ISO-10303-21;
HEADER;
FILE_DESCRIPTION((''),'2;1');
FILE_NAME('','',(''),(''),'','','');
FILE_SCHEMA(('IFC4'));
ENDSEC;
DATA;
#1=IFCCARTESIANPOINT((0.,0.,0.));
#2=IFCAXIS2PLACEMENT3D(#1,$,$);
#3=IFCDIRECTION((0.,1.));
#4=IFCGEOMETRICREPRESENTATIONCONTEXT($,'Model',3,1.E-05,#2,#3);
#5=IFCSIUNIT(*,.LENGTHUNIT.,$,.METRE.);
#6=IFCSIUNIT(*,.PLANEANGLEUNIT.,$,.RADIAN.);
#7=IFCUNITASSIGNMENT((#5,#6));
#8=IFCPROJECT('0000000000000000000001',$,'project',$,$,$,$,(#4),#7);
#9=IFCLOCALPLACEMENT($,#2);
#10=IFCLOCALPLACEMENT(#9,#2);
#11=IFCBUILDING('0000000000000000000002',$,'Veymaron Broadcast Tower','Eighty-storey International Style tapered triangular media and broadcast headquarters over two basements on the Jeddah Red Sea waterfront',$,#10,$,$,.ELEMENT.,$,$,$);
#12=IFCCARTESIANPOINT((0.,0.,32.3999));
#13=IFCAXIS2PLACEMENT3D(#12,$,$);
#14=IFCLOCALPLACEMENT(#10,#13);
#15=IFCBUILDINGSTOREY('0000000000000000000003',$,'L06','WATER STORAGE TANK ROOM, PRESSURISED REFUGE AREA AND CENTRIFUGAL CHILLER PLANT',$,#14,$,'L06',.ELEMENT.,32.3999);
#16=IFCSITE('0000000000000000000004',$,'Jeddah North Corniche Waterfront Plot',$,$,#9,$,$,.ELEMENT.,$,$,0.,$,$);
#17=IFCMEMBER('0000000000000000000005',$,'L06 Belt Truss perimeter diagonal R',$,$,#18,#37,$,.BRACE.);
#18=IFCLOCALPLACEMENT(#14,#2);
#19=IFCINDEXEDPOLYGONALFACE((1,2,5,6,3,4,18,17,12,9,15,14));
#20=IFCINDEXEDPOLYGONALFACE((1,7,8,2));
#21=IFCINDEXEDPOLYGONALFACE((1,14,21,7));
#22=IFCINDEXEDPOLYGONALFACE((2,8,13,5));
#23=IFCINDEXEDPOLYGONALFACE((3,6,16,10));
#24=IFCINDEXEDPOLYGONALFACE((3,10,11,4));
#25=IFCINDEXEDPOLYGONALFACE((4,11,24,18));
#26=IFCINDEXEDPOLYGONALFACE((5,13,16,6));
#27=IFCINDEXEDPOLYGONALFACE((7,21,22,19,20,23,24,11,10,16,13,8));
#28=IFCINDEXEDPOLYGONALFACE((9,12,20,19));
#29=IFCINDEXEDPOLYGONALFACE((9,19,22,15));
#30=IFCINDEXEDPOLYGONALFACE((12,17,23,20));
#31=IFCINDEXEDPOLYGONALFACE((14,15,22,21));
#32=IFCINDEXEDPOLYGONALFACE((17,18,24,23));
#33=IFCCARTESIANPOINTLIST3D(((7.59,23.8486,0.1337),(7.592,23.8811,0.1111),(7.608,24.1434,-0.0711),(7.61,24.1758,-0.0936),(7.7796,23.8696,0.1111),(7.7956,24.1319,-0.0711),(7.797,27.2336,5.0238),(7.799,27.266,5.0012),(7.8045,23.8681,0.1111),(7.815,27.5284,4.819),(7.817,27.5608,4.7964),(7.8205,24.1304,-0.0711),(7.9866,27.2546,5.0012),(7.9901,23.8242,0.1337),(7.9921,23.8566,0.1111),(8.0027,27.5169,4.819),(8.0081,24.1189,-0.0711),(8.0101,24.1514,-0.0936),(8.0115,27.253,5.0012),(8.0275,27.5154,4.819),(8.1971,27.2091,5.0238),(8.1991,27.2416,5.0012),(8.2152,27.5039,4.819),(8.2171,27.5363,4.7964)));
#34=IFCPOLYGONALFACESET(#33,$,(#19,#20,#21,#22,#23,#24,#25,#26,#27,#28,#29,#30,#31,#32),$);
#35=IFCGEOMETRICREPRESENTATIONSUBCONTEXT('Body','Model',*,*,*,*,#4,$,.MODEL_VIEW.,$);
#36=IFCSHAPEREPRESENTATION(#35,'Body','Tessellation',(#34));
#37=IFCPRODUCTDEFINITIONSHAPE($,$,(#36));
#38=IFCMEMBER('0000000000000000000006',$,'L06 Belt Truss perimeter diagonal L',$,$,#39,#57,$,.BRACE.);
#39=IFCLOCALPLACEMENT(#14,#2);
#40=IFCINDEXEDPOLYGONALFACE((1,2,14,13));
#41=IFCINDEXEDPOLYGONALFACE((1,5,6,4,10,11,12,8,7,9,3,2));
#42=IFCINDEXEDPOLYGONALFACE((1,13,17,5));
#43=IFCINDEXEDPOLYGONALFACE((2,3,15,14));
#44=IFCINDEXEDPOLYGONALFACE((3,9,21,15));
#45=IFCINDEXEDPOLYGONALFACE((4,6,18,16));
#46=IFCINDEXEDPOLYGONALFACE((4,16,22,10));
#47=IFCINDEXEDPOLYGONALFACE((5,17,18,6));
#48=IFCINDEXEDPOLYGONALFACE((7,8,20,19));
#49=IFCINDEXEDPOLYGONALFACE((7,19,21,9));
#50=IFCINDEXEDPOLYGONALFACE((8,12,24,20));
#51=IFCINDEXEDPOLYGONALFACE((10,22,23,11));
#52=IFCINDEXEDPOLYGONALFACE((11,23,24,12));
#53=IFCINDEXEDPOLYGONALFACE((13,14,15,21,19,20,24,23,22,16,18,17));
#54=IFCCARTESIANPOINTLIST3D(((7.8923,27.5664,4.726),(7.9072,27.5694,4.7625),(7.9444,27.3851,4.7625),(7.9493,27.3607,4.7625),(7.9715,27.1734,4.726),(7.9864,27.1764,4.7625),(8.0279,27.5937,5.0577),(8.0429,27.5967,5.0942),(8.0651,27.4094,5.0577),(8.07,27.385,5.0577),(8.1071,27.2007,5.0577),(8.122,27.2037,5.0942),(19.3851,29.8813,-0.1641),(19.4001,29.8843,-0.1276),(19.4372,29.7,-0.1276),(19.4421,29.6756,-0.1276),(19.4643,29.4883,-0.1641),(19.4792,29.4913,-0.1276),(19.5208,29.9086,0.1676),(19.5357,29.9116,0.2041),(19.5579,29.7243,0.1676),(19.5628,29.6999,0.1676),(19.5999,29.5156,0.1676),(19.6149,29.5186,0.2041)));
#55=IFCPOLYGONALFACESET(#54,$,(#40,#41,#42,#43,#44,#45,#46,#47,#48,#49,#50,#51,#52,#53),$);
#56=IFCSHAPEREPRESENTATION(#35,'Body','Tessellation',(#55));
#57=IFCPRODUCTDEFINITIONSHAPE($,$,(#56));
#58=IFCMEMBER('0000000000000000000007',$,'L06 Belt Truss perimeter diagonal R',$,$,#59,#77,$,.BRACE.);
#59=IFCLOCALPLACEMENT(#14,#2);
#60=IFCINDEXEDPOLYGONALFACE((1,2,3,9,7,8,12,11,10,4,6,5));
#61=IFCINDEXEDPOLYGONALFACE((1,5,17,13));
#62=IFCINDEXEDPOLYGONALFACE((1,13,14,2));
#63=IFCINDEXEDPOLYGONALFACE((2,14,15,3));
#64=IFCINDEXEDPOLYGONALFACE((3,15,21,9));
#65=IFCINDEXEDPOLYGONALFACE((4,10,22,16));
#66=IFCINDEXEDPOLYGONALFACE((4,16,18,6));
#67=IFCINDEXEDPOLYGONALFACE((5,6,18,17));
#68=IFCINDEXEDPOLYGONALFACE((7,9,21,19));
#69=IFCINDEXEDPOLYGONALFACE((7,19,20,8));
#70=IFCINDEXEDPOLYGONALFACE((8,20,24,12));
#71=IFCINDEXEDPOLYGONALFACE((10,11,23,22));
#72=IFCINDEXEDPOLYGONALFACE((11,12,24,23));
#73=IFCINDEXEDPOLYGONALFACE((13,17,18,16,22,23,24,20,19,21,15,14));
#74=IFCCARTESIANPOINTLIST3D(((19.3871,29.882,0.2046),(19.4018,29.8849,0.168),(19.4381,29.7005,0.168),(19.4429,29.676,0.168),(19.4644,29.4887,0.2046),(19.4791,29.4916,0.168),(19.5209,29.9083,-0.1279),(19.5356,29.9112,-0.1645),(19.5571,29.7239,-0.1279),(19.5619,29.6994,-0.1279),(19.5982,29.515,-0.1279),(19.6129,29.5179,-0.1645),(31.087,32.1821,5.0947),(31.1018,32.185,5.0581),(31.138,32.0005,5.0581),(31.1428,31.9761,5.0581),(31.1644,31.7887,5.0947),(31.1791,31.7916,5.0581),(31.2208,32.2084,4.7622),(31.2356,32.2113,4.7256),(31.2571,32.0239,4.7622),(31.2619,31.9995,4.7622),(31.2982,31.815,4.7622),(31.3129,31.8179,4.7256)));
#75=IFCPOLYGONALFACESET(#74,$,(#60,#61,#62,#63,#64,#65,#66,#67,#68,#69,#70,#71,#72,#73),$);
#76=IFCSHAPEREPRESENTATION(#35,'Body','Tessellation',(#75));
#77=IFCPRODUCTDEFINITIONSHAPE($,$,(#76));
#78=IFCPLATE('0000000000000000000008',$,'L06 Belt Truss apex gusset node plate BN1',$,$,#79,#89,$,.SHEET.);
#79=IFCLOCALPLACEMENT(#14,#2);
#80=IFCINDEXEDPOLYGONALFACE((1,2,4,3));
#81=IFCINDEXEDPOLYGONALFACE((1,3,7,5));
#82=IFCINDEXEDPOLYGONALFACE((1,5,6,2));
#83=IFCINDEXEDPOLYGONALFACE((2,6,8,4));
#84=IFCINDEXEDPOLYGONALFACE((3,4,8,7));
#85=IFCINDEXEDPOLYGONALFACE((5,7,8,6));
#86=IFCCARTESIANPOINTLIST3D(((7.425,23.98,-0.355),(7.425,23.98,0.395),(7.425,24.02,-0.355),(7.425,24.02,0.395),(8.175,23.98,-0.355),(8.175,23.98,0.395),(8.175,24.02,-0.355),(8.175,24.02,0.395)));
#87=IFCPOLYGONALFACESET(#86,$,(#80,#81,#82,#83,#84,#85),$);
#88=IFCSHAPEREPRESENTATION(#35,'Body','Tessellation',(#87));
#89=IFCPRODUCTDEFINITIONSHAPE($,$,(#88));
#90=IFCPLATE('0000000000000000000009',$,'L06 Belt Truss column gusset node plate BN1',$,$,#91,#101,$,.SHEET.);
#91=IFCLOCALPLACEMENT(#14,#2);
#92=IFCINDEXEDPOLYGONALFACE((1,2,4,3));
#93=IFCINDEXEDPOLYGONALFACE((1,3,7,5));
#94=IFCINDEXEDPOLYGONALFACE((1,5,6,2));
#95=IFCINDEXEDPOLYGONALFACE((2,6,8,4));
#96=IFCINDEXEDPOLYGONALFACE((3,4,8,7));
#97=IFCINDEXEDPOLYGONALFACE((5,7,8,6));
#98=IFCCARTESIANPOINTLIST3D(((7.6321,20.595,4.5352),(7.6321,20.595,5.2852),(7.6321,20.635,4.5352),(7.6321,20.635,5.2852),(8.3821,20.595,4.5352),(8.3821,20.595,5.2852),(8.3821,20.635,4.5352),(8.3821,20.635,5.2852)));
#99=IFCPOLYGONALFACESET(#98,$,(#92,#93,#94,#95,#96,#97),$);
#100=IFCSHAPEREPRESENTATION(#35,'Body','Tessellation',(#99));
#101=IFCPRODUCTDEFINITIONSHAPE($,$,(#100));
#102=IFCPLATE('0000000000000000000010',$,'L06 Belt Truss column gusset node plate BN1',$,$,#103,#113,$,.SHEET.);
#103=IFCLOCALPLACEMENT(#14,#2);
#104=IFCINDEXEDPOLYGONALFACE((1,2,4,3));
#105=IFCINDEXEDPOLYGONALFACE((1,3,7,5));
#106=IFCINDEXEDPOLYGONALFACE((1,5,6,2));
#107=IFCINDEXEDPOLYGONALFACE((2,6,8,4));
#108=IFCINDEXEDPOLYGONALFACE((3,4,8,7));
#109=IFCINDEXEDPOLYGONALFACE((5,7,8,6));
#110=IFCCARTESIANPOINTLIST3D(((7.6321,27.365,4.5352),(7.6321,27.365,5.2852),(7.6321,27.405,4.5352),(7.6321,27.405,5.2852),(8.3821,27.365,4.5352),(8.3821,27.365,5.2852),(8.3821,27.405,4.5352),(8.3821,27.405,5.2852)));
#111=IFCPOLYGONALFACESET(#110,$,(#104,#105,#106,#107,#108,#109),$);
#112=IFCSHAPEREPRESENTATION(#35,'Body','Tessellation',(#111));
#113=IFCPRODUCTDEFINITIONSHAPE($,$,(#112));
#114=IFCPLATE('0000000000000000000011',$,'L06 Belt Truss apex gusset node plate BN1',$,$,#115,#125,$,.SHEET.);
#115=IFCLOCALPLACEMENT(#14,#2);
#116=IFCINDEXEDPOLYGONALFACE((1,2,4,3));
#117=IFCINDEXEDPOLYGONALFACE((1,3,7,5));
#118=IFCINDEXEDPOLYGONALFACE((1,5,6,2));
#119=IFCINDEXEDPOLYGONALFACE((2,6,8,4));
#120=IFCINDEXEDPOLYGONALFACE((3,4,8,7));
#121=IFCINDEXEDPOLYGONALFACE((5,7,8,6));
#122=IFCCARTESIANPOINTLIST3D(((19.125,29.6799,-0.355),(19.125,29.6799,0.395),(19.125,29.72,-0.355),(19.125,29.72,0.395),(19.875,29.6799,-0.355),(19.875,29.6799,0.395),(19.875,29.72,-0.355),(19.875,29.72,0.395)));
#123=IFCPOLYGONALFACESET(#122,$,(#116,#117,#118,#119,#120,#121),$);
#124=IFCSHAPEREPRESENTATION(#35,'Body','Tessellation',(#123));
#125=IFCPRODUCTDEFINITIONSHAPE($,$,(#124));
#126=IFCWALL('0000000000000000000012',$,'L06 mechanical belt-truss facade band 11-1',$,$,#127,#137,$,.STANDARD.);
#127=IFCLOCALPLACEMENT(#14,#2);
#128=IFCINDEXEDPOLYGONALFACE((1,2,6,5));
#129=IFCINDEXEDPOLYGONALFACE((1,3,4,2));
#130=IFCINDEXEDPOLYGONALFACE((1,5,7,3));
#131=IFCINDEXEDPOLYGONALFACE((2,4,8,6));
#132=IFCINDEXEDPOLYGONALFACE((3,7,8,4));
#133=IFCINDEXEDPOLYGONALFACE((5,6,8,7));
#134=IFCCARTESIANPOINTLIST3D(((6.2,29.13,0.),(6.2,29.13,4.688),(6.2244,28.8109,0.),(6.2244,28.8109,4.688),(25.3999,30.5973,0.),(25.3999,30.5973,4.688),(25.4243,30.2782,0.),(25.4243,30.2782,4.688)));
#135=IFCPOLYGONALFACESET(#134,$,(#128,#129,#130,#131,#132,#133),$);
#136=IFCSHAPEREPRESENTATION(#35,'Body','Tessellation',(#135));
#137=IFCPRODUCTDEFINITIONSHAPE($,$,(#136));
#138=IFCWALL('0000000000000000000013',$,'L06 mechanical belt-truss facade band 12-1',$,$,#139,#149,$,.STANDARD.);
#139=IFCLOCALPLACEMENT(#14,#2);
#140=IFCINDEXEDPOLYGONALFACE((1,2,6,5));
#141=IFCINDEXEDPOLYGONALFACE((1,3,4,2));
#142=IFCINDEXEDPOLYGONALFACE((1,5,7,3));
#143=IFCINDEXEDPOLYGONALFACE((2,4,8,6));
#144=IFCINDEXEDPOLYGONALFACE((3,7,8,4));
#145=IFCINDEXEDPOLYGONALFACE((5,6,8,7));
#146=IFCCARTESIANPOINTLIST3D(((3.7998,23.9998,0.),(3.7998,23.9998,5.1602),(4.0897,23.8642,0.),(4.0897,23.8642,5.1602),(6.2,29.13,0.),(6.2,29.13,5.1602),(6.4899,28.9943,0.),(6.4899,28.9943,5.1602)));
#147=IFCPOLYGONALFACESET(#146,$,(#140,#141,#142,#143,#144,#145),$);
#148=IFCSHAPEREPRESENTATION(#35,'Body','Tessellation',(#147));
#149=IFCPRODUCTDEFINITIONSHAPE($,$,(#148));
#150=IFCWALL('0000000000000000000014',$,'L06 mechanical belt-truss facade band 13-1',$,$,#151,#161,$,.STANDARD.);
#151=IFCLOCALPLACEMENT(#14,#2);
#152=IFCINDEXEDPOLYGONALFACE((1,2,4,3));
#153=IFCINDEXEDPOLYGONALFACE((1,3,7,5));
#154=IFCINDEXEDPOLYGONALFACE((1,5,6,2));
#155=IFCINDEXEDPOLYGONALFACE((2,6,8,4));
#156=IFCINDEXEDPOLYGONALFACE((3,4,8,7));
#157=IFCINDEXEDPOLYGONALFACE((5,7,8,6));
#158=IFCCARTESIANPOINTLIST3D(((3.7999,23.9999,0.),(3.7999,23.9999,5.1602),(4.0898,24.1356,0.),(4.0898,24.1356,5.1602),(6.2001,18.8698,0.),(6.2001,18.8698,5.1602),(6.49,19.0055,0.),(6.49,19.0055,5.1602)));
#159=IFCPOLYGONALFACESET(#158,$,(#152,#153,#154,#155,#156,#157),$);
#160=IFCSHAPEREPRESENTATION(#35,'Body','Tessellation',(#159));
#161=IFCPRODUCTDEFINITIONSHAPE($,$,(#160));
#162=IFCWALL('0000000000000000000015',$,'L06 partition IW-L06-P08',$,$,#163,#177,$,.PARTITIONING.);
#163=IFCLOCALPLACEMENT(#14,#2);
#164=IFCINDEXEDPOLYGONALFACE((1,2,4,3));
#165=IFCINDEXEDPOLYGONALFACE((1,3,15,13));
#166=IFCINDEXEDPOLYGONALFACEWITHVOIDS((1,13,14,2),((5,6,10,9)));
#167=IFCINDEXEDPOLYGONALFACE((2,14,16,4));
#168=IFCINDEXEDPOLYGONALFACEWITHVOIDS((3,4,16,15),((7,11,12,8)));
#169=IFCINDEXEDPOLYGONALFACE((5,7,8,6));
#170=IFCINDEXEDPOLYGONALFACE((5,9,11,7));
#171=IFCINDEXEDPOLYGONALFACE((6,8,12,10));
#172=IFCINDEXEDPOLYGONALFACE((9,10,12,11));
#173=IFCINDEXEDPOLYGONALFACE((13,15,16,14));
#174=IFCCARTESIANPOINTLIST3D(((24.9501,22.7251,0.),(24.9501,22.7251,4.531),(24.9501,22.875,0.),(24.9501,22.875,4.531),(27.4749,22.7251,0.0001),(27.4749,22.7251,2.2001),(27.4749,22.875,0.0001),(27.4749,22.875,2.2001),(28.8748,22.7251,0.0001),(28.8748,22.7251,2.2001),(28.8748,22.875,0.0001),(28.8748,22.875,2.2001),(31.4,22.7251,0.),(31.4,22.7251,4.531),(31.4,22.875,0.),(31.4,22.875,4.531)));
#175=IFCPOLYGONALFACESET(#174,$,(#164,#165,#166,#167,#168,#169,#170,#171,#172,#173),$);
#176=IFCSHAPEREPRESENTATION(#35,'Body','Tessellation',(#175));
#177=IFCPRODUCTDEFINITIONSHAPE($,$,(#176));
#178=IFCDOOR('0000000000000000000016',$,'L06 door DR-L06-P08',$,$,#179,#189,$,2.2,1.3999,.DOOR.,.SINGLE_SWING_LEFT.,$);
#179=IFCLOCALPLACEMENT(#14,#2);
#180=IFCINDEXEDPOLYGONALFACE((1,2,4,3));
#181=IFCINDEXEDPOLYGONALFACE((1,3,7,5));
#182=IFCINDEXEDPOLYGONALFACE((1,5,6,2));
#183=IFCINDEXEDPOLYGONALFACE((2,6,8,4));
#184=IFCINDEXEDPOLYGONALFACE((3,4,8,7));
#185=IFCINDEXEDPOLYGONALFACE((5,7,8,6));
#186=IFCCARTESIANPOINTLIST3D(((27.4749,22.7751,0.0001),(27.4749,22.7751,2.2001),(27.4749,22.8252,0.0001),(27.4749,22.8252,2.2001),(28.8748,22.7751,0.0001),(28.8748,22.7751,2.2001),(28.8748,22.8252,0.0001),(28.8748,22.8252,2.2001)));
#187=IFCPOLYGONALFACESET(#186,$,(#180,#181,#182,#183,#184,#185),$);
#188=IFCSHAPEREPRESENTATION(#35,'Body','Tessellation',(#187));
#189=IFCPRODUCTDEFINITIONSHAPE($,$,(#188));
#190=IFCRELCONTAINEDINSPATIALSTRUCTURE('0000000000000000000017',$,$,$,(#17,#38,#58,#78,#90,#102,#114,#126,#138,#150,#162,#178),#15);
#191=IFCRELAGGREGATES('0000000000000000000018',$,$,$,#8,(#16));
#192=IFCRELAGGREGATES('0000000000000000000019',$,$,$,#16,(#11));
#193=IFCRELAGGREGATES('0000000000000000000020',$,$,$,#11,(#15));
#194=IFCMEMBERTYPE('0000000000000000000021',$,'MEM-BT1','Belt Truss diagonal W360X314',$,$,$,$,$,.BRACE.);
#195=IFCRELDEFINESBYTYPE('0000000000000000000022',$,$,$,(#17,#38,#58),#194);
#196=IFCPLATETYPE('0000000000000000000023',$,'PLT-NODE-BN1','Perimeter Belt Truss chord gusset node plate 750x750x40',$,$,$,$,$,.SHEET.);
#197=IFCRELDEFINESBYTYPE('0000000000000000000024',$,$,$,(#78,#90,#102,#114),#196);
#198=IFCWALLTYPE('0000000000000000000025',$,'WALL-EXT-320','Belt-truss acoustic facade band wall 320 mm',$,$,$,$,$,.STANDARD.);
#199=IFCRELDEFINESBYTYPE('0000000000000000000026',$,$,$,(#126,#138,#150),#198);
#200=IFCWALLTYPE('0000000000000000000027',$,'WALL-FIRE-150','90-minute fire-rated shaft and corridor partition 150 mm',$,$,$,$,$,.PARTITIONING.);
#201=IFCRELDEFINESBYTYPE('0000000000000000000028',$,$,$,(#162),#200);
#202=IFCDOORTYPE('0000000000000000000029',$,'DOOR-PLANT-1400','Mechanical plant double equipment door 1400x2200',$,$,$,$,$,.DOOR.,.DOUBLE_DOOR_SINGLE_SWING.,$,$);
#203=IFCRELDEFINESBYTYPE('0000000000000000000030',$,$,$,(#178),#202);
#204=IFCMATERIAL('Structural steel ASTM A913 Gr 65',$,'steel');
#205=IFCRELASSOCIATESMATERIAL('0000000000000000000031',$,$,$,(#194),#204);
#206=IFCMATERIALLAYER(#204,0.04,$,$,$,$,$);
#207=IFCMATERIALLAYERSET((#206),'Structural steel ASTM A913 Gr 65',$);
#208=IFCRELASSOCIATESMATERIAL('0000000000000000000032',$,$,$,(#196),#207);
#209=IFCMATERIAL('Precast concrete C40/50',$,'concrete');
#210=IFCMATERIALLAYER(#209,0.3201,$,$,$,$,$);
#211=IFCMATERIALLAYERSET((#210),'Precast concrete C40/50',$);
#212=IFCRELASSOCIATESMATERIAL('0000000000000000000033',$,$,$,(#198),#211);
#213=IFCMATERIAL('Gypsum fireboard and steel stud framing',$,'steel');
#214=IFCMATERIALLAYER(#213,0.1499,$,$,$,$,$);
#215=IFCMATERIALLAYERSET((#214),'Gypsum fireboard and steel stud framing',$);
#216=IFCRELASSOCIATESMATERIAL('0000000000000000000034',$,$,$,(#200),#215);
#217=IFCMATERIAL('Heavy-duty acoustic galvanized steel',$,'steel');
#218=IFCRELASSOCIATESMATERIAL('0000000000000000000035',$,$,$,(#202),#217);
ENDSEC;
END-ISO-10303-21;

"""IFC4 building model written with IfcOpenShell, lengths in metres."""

from ifc_helpers import new_model, si_unit, direction, frame, frame_2d, origin, origin_2d, place, context, subcontext, project, spatial, rectangle, i_section, extrude, material, layer, layer_set, material_profile, profile_set, type_object, element, fill, save


model = new_model("IFC4")

# Units and contexts
model_context = context("Model", 3, precision=1e-05, world=origin(), true_north=direction((0.0, 1.0)))
body_context = subcontext(model_context, "Body", "Model", "MODEL_VIEW")
ifc_project = project(units=[si_unit("LENGTHUNIT", "METRE"), si_unit("PLANEANGLEUNIT", "RADIAN")], contexts=[model_context])

# Site, building, storey
site_placement = place(None, origin())
site = spatial("IfcSite", under=ifc_project, at=site_placement, Name="Jeddah North Corniche Waterfront Plot", CompositionType="ELEMENT", RefElevation=0.0)
building_placement = place(site_placement, origin())
building = spatial("IfcBuilding", under=site, at=building_placement, Name="Veymaron Broadcast Tower", Description="Eighty-storey International Style tapered triangular media and broadcast headquarters over two basements on the Jeddah Red Sea waterfront", CompositionType="ELEMENT")
storey_placement = place(building_placement, frame((0.0, 0.0, 32.3999)))
storey = spatial("IfcBuildingStorey", under=building, at=storey_placement, Name="L06", Description="WATER STORAGE TANK ROOM, PRESSURISED REFUGE AREA AND CENTRIFUGAL CHILLER PLANT", LongName="L06", CompositionType="ELEMENT", Elevation=32.3999)

# Shared definitions
ifc_material_1 = material(Name="Structural steel ASTM A913 Gr 65", Category="steel")

# Members
ifc_material_profile_1 = material_profile(ifc_material_1, i_section(OverallWidth=0.4009, OverallDepth=0.3989, WebThickness=0.0249, FlangeThickness=0.0396, at=origin_2d()), Name="W360X314")
ifc_profile_set_1 = profile_set([ifc_material_profile_1], Name="Structural steel ASTM A913 Gr 65")
member_type = type_object("IfcMemberType", Name="MEM-BT1", Description="Belt Truss diagonal W360X314", PredefinedType="BRACE", material=ifc_profile_set_1)
for number, where, z_axis, x_axis, name in (
    (1, (7.8, 24.0, 0.02), (0.034789, 0.568812, 0.821731), (-0.998135, 0.061047, 0.0), "L06 Belt Truss perimeter diagonal R"),
):
    element("IfcMember", number, at=place(storey_placement, frame(where, z_axis=z_axis, x_axis=x_axis)), inside=storey, type_object=member_type, Name=name, PredefinedType="BRACE", context=body_context, shape_type="SweptSolid", body=[
        extrude(i_section(OverallWidth=0.4009, OverallDepth=0.3989, WebThickness=0.0249, FlangeThickness=0.0396, at=origin_2d()), origin(), (0.0, 0.0, 1.0), 5.9509),
    ])
member_1_placement = place(storey_placement, frame((19.5, 29.7, 0.02), z_axis=(-0.904759, -0.18224, 0.384967), x_axis=(0.197458, -0.980311, 0.0)))
element("IfcMember", 2, at=member_1_placement, inside=storey, type_object=member_type, Name="L06 Belt Truss perimeter diagonal L", PredefinedType="BRACE", context=body_context, shape_type="SweptSolid", body=[
    extrude(i_section(OverallWidth=0.4009, OverallDepth=0.3989, WebThickness=0.0249, FlangeThickness=0.0396, at=origin_2d()), origin(), (0.0, 0.0, 1.0), 12.7026),
])
member_2_placement = place(storey_placement, frame((19.5, 29.7, 0.02), z_axis=(0.907839, 0.178469, 0.379442), x_axis=(-0.192894, 0.98122, 0.0)))
element("IfcMember", 3, at=member_2_placement, inside=storey, type_object=member_type, Name="L06 Belt Truss perimeter diagonal R", PredefinedType="BRACE", context=body_context, shape_type="SweptSolid", body=[
    extrude(i_section(OverallWidth=0.4009, OverallDepth=0.3989, WebThickness=0.0249, FlangeThickness=0.0396, at=origin_2d()), origin(), (0.0, 0.0, 1.0), 12.8877),
])

# Plates
ifc_layer_1 = layer(ifc_material_1, 0.04)
ifc_layer_set_1 = layer_set([ifc_layer_1], Name="Structural steel ASTM A913 Gr 65")
plate_type = type_object("IfcPlateType", Name="PLT-NODE-BN1", Description="Perimeter Belt Truss chord gusset node plate 750x750x40", PredefinedType="SHEET", material=ifc_layer_set_1)
for number, where, z_axis, x_axis, name in (
    (4, (7.8, 24.0, -0.355), (0.0, 0.0, 1.0), (1.0, 0.0, 0.0), "L06 Belt Truss apex gusset node plate BN1"),
    (5, (8.0071, 20.615, 4.5352), (0.0, 0.0, 1.0), (1.0, 0.0, 0.0), "L06 Belt Truss column gusset node plate BN1"),
    (6, (8.0071, 27.385, 4.5352), (0.0, 0.0, 1.0), (1.0, 0.0, 0.0), "L06 Belt Truss column gusset node plate BN1"),
    (7, (19.5, 29.7, -0.355), (0.0, 0.0, 1.0), (1.0, 0.0, 0.0), "L06 Belt Truss apex gusset node plate BN1"),
):
    element("IfcPlate", number, at=place(storey_placement, frame(where, z_axis=z_axis, x_axis=x_axis)), inside=storey, type_object=plate_type, Name=name, PredefinedType="SHEET", context=body_context, shape_type="SweptSolid", body=[
        extrude(rectangle(XDim=0.75, YDim=0.04, at=origin_2d()), origin(), (0.0, 0.0, 1.0), 0.75),
    ])

# Walls
ifc_material_2 = material(Name="Precast concrete C40/50", Category="concrete")
ifc_layer_2 = layer(ifc_material_2, 0.3201)
ifc_layer_set_2 = layer_set([ifc_layer_2], Name="Precast concrete C40/50")
wall_type_1 = type_object("IfcWallType", Name="WALL-EXT-320", Description="Belt-truss acoustic facade band wall 320 mm", PredefinedType="STANDARD", material=ifc_layer_set_2)
wall_1_placement = place(storey_placement, frame((25.4121, 30.4377, 0.0), z_axis=(0.0, 0.0, 1.0), x_axis=(-0.997093, -0.076199, 0.0)))
element("IfcWall", 8, at=wall_1_placement, inside=storey, type_object=wall_type_1, Name="L06 mechanical belt-truss facade band 11-1", PredefinedType="STANDARD", context=body_context, shape_type="SweptSolid", body=[
    extrude(rectangle(XDim=19.2559, YDim=0.3201, at=frame_2d((9.6279, 0.0))), origin(), (0.0, 0.0, 1.0), 4.688),
])
for number, where, z_axis, x_axis, name in (
    (9, (6.345, 29.0623, 0.0), (0.0, 0.0, 1.0), (-0.423768, -0.905771, 0.0), "L06 mechanical belt-truss facade band 12-1"),
    (10, (3.9448, 24.0679, 0.0), (0.0, 0.0, 1.0), (0.423768, -0.905771, 0.0), "L06 mechanical belt-truss facade band 13-1"),
):
    element("IfcWall", number, at=place(storey_placement, frame(where, z_axis=z_axis, x_axis=x_axis)), inside=storey, type_object=wall_type_1, Name=name, PredefinedType="STANDARD", context=body_context, shape_type="SweptSolid", body=[
        extrude(rectangle(XDim=5.6638, YDim=0.3201, at=frame_2d((2.832, 0.0))), origin(), (0.0, 0.0, 1.0), 5.1602),
    ])

# Wall, opening, door
ifc_material_3 = material(Name="Gypsum fireboard and steel stud framing", Category="steel")
ifc_layer_3 = layer(ifc_material_3, 0.1499)
ifc_layer_set_3 = layer_set([ifc_layer_3], Name="Gypsum fireboard and steel stud framing")
wall_type_2 = type_object("IfcWallType", Name="WALL-FIRE-150", Description="90-minute fire-rated shaft and corridor partition 150 mm", PredefinedType="PARTITIONING", material=ifc_layer_set_3)
wall_2_placement = place(storey_placement, frame((24.95, 22.8, 0.0), z_axis=(0.0, 0.0, 1.0), x_axis=(1.0, 0.0, 0.0)))
wall_2 = element("IfcWall", 11, at=wall_2_placement, inside=storey, type_object=wall_type_2, Name="L06 partition IW-L06-P08", PredefinedType="PARTITIONING", context=body_context, shape_type="SweptSolid", body=[
    extrude(rectangle(XDim=6.45, YDim=0.1499, at=frame_2d((3.2251, 0.0))), origin(), (0.0, 0.0, 1.0), 4.531),
])
opening_1_placement = place(wall_2_placement, frame((2.5249, 0.0, 0.0)))
opening_1 = element("IfcOpeningElement", 12, at=opening_1_placement, cuts=wall_2, PredefinedType="OPENING", context=body_context, shape_type="SweptSolid", body=[
    extrude(rectangle(XDim=1.3999, YDim=2.2, at=frame_2d((0.7, 1.1001))), frame((0.0, 0.085, 0.0), z_axis=(0.0, -1.0, 0.0), x_axis=(1.0, 0.0, 0.0)), (0.0, 0.0, 1.0), 0.1699),
])
ifc_material_4 = material(Name="Heavy-duty acoustic galvanized steel", Category="steel")
door_type_1 = type_object("IfcDoorType", Name="DOOR-PLANT-1400", Description="Mechanical plant double equipment door 1400x2200", OperationType="DOUBLE_DOOR_SINGLE_SWING", PredefinedType="DOOR", material=ifc_material_4)
door_1_placement = place(opening_1_placement, frame((1.3999, 0.0, 0.0), z_axis=(0.0, 0.0, 1.0), x_axis=(-1.0, 0.0, 0.0)))
door_1 = element("IfcDoor", 13, at=door_1_placement, inside=storey, type_object=door_type_1, Name="L06 door DR-L06-P08", OperationType="SINGLE_SWING_LEFT", OverallHeight=2.2, OverallWidth=1.3999, PredefinedType="DOOR", context=body_context, shape_type="SweptSolid", body=[
    extrude(rectangle(XDim=1.3999, YDim=2.2, at=frame_2d((0.7, 1.1001))), frame((0.0, 0.0249, 0.0), z_axis=(0.0, -1.0, 0.0), x_axis=(1.0, 0.0, 0.0)), (0.0, 0.0, 1.0), 0.05),
])
fill(opening_1, door_1)

save(model, "model.ifc")
